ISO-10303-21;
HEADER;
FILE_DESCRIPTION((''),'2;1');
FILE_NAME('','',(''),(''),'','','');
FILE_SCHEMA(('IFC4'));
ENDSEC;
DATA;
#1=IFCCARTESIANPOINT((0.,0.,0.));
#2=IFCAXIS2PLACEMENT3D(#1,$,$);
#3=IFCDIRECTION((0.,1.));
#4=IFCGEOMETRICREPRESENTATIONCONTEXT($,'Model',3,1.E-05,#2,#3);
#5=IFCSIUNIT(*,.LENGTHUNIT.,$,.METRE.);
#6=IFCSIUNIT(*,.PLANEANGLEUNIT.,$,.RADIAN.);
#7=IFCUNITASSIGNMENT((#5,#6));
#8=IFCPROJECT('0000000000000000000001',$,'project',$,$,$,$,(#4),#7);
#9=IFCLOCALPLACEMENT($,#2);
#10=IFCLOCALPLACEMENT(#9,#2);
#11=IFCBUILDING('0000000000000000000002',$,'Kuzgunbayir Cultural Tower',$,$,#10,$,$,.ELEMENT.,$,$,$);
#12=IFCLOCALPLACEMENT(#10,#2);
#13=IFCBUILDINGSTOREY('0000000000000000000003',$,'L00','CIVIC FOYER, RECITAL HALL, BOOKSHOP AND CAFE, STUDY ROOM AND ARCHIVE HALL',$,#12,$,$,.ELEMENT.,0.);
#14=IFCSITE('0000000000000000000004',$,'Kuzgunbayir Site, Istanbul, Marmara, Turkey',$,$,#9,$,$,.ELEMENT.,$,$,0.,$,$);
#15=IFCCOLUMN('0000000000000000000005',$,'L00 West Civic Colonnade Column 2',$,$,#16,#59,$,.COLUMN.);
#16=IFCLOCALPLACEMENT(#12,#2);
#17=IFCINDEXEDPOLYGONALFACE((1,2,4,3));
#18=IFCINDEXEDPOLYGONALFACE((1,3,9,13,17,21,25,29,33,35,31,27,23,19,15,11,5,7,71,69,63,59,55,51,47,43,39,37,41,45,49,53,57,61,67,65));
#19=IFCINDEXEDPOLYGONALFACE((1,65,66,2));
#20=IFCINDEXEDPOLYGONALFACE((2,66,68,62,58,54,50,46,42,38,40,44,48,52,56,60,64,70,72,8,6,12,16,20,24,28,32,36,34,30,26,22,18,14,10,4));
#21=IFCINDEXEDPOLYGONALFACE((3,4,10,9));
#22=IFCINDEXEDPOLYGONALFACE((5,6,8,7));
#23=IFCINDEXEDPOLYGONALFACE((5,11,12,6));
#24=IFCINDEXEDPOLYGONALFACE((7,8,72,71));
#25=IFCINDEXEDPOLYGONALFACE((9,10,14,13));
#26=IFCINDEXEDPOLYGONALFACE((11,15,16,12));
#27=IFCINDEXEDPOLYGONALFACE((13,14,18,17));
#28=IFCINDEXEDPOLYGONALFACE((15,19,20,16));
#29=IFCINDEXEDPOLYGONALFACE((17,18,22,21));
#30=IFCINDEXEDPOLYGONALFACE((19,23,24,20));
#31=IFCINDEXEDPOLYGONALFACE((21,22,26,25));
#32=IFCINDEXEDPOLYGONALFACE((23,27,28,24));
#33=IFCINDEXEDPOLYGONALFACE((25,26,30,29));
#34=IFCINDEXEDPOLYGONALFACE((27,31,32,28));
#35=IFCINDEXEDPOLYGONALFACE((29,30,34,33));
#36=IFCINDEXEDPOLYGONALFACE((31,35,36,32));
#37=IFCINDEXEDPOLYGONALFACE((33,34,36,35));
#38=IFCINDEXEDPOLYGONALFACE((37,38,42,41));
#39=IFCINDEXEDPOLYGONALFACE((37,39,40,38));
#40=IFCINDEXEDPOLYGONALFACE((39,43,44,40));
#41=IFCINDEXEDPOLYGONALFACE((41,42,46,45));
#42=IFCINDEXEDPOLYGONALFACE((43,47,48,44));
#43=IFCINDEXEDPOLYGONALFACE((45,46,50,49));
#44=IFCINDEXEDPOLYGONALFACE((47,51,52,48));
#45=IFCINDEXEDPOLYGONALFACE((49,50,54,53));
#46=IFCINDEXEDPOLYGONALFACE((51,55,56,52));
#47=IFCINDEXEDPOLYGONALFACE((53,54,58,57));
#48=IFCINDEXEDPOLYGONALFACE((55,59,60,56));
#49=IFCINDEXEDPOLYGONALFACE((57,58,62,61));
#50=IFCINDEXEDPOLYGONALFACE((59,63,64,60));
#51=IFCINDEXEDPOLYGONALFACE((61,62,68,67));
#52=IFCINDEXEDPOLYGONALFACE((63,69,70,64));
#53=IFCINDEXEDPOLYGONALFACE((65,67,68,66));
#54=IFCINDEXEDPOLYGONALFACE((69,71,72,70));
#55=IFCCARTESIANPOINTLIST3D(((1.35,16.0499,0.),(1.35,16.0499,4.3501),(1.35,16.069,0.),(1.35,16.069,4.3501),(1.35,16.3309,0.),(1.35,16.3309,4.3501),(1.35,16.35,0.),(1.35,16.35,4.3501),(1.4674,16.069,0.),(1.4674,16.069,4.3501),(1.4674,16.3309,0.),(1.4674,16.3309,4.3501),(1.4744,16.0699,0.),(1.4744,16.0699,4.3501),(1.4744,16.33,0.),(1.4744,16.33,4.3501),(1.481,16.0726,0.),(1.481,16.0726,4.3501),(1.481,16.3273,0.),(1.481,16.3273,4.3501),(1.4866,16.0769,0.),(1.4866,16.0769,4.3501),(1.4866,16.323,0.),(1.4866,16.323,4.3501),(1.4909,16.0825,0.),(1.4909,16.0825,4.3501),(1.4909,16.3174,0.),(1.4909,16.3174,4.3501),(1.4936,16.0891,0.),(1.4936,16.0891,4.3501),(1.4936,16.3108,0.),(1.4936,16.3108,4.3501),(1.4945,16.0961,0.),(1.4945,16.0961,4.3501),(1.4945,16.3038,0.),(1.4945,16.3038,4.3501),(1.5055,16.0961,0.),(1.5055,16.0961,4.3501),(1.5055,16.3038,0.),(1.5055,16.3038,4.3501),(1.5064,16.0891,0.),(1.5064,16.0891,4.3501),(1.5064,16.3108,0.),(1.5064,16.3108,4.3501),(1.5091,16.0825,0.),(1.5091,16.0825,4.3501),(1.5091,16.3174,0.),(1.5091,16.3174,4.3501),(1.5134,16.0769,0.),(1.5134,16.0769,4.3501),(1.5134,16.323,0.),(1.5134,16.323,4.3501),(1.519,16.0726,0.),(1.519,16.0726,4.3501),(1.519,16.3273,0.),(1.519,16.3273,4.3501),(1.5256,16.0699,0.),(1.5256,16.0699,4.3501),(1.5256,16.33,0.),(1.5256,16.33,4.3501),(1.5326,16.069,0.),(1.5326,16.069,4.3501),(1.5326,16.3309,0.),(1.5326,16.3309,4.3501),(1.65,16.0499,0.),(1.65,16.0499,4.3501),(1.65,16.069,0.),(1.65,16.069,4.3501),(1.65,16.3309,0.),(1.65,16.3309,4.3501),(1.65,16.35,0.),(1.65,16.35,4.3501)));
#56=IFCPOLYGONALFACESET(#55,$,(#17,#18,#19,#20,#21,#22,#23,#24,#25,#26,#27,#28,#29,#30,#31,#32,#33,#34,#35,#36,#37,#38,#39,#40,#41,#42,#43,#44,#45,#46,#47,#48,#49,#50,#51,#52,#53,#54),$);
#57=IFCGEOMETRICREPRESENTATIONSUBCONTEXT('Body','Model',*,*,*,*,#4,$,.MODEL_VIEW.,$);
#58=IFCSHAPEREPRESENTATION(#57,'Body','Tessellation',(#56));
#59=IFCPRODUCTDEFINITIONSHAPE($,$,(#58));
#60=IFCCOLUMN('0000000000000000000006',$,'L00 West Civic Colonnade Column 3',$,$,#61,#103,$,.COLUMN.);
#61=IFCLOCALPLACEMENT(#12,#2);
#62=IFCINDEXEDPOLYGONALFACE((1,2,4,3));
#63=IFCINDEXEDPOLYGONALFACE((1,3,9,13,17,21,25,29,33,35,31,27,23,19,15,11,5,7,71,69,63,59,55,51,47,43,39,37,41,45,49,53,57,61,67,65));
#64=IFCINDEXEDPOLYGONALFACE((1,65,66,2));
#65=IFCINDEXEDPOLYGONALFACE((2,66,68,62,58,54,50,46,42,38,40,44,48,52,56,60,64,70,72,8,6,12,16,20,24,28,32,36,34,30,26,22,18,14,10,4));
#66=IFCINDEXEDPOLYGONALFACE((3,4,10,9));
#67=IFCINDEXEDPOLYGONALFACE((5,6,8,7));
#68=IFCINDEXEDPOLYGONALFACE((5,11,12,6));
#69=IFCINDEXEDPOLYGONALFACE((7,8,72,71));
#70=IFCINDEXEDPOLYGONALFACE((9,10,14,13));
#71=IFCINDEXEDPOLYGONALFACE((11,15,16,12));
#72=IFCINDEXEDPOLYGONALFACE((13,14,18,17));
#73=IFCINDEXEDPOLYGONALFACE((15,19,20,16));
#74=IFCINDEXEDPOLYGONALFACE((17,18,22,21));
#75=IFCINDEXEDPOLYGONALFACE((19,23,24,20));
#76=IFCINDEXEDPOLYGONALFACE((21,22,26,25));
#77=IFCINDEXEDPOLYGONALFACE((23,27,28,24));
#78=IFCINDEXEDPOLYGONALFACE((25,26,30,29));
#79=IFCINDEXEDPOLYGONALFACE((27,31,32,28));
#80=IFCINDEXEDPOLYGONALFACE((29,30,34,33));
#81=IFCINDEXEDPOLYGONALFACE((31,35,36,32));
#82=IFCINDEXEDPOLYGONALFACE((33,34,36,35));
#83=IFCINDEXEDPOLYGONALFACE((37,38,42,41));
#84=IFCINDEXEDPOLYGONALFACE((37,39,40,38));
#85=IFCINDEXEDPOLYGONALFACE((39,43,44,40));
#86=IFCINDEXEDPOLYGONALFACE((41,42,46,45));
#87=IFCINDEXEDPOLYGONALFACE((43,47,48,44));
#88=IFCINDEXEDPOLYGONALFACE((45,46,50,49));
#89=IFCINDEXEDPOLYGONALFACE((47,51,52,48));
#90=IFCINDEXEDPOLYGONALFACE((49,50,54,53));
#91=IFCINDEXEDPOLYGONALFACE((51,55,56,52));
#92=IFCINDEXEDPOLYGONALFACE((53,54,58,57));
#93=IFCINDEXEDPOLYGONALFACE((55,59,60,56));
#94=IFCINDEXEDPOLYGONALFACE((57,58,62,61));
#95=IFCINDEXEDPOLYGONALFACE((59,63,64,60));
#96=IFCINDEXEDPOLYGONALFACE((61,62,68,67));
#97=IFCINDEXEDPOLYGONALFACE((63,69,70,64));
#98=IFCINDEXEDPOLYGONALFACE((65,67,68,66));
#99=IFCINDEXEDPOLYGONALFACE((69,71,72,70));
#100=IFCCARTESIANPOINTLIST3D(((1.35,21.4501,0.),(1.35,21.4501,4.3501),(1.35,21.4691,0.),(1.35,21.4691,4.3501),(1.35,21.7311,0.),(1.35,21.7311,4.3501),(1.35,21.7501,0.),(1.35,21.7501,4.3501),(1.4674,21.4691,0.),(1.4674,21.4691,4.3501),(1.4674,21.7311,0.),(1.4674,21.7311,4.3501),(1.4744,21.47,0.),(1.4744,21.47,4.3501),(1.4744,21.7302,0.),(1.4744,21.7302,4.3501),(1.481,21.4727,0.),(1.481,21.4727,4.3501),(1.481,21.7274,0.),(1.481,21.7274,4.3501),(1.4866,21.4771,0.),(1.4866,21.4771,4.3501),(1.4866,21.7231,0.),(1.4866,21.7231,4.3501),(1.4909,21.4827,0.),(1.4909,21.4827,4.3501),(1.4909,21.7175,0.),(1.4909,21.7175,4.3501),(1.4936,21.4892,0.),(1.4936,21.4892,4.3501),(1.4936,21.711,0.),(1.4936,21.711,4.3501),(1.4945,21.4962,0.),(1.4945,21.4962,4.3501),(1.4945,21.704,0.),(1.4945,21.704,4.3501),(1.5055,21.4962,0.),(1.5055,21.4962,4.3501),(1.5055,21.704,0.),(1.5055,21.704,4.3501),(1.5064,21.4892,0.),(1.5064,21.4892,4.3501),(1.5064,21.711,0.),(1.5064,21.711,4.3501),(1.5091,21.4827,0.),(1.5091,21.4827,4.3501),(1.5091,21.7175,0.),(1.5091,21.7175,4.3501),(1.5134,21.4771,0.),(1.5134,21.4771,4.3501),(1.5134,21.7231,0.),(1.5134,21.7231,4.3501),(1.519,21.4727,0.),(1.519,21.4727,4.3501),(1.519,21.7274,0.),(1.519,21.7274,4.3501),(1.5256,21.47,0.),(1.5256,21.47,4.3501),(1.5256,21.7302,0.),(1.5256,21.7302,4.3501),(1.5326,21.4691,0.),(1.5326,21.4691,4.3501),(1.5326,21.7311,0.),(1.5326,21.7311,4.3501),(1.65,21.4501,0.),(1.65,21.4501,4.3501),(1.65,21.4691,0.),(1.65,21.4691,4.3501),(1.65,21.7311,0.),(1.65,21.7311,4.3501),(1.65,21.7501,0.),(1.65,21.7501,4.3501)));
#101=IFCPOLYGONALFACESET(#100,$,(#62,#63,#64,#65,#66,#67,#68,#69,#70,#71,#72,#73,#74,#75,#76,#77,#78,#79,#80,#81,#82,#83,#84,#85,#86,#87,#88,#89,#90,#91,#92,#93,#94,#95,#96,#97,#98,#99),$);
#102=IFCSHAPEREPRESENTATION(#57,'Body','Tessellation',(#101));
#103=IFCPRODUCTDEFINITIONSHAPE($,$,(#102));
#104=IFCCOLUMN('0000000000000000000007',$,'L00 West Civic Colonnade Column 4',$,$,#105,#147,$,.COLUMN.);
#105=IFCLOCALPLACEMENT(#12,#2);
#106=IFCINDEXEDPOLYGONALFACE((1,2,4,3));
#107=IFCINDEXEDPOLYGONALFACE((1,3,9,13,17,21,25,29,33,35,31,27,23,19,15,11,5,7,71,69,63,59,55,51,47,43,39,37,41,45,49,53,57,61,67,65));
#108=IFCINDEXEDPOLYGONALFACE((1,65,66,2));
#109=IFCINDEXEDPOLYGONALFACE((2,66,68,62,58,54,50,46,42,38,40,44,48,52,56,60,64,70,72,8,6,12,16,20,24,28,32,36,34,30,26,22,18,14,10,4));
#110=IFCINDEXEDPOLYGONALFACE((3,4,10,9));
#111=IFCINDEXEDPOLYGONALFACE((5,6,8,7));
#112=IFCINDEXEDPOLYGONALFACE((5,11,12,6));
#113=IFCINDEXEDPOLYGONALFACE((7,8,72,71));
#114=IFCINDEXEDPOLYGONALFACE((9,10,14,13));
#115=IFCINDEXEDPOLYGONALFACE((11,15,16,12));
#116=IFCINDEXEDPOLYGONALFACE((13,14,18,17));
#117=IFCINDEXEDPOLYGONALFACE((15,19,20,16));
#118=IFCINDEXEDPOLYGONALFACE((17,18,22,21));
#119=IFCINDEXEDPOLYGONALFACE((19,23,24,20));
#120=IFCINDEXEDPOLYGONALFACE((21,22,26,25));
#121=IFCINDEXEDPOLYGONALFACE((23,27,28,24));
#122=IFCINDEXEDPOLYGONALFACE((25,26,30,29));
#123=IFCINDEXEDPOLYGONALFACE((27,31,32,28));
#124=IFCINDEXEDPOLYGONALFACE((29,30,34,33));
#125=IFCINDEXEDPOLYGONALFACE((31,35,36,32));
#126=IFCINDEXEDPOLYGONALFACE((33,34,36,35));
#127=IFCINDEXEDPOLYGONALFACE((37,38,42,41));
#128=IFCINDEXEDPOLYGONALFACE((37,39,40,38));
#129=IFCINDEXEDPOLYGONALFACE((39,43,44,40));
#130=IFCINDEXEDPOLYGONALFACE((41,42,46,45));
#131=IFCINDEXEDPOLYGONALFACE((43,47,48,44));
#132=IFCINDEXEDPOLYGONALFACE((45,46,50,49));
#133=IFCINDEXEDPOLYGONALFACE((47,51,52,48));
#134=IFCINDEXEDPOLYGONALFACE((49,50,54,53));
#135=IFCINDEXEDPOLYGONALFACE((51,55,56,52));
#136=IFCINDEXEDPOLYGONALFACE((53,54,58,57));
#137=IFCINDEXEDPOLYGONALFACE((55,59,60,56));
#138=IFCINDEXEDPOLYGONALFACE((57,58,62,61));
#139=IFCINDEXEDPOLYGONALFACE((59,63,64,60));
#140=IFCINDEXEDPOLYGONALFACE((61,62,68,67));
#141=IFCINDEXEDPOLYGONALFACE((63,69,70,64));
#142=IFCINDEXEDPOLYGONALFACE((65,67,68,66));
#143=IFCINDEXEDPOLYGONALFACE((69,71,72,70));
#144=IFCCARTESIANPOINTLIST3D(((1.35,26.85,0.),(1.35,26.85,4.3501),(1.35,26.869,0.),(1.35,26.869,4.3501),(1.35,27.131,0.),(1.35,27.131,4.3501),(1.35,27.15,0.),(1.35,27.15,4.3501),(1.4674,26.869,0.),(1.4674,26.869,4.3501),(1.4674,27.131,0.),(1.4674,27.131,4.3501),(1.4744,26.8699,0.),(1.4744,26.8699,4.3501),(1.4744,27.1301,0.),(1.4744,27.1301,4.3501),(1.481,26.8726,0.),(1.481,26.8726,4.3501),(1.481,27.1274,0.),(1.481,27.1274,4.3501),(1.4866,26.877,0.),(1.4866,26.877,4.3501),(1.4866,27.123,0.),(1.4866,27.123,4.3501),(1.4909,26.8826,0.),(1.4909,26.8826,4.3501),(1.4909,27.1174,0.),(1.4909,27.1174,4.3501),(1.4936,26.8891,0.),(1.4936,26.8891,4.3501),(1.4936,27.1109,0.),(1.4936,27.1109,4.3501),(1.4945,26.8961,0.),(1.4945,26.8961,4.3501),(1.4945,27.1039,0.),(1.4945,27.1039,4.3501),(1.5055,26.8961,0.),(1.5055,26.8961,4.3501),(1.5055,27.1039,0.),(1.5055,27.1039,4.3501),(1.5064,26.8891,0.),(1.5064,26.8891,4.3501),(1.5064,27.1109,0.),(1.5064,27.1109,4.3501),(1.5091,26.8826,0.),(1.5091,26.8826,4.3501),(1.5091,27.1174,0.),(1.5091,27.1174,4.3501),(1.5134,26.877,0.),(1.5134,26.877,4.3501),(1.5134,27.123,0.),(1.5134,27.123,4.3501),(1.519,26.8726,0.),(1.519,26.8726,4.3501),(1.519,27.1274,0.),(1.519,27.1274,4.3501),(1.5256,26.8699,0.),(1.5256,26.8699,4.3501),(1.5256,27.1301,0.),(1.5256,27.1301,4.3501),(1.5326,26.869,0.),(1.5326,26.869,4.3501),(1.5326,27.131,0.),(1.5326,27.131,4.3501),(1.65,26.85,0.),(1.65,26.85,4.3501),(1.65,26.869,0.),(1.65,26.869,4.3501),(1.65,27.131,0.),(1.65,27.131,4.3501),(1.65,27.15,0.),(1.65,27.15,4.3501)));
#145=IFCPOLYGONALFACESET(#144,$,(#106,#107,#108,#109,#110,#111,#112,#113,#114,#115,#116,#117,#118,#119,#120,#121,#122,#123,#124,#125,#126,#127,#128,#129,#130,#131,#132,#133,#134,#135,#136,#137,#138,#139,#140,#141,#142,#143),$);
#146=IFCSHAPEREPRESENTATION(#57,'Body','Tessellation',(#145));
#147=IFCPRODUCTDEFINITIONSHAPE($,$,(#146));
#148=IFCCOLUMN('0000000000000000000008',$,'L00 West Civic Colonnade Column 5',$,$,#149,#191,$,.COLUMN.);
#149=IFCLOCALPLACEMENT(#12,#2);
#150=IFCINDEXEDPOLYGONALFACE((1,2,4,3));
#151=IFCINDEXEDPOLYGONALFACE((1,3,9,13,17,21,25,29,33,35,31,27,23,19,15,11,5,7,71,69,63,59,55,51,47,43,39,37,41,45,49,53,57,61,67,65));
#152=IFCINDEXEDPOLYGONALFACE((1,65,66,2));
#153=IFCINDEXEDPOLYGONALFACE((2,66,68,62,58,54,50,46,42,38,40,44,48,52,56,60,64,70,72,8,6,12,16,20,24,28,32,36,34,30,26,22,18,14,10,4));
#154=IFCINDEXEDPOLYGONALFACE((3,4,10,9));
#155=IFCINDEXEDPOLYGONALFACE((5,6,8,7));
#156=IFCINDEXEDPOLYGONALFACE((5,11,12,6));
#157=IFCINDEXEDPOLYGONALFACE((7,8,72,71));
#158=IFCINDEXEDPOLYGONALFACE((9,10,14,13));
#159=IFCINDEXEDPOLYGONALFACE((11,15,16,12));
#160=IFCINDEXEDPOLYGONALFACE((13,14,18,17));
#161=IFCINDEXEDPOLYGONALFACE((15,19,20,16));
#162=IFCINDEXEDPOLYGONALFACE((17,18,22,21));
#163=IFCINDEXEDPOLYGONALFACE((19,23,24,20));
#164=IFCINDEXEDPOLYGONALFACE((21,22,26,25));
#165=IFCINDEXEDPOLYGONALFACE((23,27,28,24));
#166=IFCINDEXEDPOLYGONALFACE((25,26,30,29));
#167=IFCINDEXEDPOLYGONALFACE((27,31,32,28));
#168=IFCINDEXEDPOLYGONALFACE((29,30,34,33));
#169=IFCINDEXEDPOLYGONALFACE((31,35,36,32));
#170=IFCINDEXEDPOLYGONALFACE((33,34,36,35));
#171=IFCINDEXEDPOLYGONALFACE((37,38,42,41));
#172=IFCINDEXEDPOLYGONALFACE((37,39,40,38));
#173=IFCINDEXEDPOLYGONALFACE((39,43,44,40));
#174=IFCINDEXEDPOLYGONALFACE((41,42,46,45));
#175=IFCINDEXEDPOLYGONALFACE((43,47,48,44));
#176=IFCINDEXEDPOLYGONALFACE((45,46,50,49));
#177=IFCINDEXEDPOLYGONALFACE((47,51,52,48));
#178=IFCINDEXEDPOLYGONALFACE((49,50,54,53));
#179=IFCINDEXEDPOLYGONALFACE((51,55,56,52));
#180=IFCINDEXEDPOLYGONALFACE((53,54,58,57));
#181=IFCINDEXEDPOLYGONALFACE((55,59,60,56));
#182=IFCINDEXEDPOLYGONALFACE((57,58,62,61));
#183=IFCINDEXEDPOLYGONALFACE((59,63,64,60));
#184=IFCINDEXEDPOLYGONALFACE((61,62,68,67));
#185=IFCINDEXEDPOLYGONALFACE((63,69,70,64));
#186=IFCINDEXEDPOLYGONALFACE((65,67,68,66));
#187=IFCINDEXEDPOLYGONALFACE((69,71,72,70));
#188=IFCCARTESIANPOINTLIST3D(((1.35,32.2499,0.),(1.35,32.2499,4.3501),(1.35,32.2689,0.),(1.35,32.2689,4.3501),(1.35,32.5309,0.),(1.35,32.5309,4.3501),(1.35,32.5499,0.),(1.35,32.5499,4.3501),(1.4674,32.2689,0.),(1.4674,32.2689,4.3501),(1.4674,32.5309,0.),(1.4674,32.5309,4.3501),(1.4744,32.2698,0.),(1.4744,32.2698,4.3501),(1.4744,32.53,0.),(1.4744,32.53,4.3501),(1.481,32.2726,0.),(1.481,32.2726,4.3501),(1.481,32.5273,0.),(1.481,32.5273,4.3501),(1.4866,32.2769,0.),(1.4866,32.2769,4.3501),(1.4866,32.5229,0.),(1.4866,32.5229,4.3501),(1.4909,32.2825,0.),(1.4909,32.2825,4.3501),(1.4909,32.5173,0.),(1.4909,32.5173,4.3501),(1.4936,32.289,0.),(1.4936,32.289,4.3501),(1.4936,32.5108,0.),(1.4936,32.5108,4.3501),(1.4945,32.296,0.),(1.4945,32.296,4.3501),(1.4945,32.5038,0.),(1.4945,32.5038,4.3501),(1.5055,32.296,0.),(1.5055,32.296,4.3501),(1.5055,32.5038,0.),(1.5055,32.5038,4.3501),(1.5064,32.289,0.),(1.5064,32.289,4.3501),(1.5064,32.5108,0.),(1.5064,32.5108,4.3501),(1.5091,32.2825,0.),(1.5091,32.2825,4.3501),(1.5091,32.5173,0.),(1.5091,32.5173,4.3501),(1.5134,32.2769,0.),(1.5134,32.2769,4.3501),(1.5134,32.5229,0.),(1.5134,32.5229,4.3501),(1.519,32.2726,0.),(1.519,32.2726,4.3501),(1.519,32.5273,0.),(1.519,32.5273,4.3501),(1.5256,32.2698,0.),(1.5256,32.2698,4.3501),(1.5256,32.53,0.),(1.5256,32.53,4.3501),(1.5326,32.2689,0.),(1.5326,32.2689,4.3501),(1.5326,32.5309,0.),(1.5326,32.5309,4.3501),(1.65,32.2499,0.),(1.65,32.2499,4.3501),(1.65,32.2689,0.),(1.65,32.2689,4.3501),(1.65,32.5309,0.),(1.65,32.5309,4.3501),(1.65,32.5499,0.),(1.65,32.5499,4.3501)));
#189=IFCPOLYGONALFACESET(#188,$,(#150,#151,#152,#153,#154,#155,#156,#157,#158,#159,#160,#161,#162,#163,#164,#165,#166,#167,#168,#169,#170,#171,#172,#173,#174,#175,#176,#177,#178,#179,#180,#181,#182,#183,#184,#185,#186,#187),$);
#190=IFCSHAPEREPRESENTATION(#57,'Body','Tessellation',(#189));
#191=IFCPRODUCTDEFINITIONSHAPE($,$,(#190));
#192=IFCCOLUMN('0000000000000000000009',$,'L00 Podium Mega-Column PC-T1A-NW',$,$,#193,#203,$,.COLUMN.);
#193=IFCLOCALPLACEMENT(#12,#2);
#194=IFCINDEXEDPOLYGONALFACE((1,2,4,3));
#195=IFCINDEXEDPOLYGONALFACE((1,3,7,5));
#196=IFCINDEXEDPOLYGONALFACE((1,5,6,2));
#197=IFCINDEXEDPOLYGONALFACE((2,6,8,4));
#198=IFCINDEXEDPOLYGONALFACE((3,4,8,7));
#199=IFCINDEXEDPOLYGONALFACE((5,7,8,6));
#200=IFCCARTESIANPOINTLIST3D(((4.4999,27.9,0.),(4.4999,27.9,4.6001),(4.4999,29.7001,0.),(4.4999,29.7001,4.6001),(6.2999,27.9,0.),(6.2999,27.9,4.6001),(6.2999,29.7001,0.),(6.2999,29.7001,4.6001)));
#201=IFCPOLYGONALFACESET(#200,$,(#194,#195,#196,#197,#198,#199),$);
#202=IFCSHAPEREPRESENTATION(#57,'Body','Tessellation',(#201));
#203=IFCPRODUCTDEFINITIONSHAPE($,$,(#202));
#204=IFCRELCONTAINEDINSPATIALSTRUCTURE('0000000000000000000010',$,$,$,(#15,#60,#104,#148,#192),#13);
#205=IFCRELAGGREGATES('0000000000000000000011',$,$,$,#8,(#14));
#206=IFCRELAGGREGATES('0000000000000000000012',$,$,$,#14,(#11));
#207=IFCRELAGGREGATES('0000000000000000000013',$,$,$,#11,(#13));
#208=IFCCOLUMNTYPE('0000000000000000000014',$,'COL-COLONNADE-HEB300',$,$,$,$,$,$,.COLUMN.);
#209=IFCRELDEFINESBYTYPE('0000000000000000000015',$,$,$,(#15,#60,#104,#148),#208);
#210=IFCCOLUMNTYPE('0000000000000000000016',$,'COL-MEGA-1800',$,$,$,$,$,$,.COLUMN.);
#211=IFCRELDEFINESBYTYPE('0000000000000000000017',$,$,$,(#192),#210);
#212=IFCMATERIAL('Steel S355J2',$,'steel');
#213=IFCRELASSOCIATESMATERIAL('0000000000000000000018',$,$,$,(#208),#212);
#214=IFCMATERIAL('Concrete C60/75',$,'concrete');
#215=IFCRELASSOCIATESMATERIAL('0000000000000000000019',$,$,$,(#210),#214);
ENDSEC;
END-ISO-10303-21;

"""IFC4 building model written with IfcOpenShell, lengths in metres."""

from ifc_helpers import new_model, si_unit, direction, frame, origin, origin_2d, place, context, subcontext, project, spatial, rectangle, i_section, extrude, material, material_profile, profile_set, type_object, element, save


model = new_model("IFC4")

# Units and contexts
model_context = context("Model", 3, precision=1e-05, world=origin(), true_north=direction((0.0, 1.0)))
body_context = subcontext(model_context, "Body", "Model", "MODEL_VIEW")
ifc_project = project(units=[si_unit("LENGTHUNIT", "METRE"), si_unit("PLANEANGLEUNIT", "RADIAN")], contexts=[model_context])

# Site, building, storey
site_placement = place(None, origin())
site = spatial("IfcSite", under=ifc_project, at=site_placement, Name="Kuzgunbayir Site, Istanbul, Marmara, Turkey", CompositionType="ELEMENT", RefElevation=0.0)
building_placement = place(site_placement, origin())
building = spatial("IfcBuilding", under=site, at=building_placement, Name="Kuzgunbayir Cultural Tower", CompositionType="ELEMENT")
storey_placement = place(building_placement, origin())
storey = spatial("IfcBuildingStorey", under=building, at=storey_placement, Name="L00", Description="CIVIC FOYER, RECITAL HALL, BOOKSHOP AND CAFE, STUDY ROOM AND ARCHIVE HALL", CompositionType="ELEMENT", Elevation=0.0)

# Columns
ifc_material_1 = material(Name="Steel S355J2", Category="steel")
ifc_material_profile_1 = material_profile(ifc_material_1, i_section(OverallWidth=0.3, OverallDepth=0.3, WebThickness=0.011, FlangeThickness=0.019, FilletRadius=0.0271, at=origin_2d()), Name="HEB 300")
ifc_profile_set_1 = profile_set([ifc_material_profile_1], Name="Steel S355J2")
column_type_1 = type_object("IfcColumnType", Name="COL-COLONNADE-HEB300", PredefinedType="COLUMN", material=ifc_profile_set_1)
for number, where, z_axis, x_axis, name in (
    (1, (1.5, 16.2, 0.0), (0.0, 0.0, 1.0), (1.0, 0.0, 0.0), "L00 West Civic Colonnade Column 2"),
    (2, (1.5, 21.6001, 0.0), (0.0, 0.0, 1.0), (1.0, 0.0, 0.0), "L00 West Civic Colonnade Column 3"),
    (3, (1.5, 27.0, 0.0), (0.0, 0.0, 1.0), (1.0, 0.0, 0.0), "L00 West Civic Colonnade Column 4"),
    (4, (1.5, 32.3999, 0.0), (0.0, 0.0, 1.0), (1.0, 0.0, 0.0), "L00 West Civic Colonnade Column 5"),
):
    element("IfcColumn", number, at=place(storey_placement, frame(where, z_axis=z_axis, x_axis=x_axis)), inside=storey, type_object=column_type_1, Name=name, PredefinedType="COLUMN", context=body_context, shape_type="SweptSolid", body=[
        extrude(i_section(OverallWidth=0.3, OverallDepth=0.3, WebThickness=0.011, FlangeThickness=0.019, FilletRadius=0.0271, at=origin_2d()), origin(), (0.0, 0.0, 1.0), 4.3501),
    ])
ifc_material_2 = material(Name="Concrete C60/75", Category="concrete")
ifc_material_profile_2 = material_profile(ifc_material_2, rectangle(XDim=1.8, YDim=1.8, at=origin_2d()), Name="RC 1800x1800")
ifc_profile_set_2 = profile_set([ifc_material_profile_2], Name="Concrete C60/75")
column_type_2 = type_object("IfcColumnType", Name="COL-MEGA-1800", PredefinedType="COLUMN", material=ifc_profile_set_2)
column_placement = place(storey_placement, frame((5.3999, 28.8, 0.0), z_axis=(0.0, 0.0, 1.0), x_axis=(1.0, 0.0, 0.0)))
element("IfcColumn", 5, at=column_placement, inside=storey, type_object=column_type_2, Name="L00 Podium Mega-Column PC-T1A-NW", PredefinedType="COLUMN", context=body_context, shape_type="SweptSolid", body=[
    extrude(rectangle(XDim=1.8, YDim=1.8, at=origin_2d()), origin(), (0.0, 0.0, 1.0), 4.6001),
])

save(model, "model.ifc")
